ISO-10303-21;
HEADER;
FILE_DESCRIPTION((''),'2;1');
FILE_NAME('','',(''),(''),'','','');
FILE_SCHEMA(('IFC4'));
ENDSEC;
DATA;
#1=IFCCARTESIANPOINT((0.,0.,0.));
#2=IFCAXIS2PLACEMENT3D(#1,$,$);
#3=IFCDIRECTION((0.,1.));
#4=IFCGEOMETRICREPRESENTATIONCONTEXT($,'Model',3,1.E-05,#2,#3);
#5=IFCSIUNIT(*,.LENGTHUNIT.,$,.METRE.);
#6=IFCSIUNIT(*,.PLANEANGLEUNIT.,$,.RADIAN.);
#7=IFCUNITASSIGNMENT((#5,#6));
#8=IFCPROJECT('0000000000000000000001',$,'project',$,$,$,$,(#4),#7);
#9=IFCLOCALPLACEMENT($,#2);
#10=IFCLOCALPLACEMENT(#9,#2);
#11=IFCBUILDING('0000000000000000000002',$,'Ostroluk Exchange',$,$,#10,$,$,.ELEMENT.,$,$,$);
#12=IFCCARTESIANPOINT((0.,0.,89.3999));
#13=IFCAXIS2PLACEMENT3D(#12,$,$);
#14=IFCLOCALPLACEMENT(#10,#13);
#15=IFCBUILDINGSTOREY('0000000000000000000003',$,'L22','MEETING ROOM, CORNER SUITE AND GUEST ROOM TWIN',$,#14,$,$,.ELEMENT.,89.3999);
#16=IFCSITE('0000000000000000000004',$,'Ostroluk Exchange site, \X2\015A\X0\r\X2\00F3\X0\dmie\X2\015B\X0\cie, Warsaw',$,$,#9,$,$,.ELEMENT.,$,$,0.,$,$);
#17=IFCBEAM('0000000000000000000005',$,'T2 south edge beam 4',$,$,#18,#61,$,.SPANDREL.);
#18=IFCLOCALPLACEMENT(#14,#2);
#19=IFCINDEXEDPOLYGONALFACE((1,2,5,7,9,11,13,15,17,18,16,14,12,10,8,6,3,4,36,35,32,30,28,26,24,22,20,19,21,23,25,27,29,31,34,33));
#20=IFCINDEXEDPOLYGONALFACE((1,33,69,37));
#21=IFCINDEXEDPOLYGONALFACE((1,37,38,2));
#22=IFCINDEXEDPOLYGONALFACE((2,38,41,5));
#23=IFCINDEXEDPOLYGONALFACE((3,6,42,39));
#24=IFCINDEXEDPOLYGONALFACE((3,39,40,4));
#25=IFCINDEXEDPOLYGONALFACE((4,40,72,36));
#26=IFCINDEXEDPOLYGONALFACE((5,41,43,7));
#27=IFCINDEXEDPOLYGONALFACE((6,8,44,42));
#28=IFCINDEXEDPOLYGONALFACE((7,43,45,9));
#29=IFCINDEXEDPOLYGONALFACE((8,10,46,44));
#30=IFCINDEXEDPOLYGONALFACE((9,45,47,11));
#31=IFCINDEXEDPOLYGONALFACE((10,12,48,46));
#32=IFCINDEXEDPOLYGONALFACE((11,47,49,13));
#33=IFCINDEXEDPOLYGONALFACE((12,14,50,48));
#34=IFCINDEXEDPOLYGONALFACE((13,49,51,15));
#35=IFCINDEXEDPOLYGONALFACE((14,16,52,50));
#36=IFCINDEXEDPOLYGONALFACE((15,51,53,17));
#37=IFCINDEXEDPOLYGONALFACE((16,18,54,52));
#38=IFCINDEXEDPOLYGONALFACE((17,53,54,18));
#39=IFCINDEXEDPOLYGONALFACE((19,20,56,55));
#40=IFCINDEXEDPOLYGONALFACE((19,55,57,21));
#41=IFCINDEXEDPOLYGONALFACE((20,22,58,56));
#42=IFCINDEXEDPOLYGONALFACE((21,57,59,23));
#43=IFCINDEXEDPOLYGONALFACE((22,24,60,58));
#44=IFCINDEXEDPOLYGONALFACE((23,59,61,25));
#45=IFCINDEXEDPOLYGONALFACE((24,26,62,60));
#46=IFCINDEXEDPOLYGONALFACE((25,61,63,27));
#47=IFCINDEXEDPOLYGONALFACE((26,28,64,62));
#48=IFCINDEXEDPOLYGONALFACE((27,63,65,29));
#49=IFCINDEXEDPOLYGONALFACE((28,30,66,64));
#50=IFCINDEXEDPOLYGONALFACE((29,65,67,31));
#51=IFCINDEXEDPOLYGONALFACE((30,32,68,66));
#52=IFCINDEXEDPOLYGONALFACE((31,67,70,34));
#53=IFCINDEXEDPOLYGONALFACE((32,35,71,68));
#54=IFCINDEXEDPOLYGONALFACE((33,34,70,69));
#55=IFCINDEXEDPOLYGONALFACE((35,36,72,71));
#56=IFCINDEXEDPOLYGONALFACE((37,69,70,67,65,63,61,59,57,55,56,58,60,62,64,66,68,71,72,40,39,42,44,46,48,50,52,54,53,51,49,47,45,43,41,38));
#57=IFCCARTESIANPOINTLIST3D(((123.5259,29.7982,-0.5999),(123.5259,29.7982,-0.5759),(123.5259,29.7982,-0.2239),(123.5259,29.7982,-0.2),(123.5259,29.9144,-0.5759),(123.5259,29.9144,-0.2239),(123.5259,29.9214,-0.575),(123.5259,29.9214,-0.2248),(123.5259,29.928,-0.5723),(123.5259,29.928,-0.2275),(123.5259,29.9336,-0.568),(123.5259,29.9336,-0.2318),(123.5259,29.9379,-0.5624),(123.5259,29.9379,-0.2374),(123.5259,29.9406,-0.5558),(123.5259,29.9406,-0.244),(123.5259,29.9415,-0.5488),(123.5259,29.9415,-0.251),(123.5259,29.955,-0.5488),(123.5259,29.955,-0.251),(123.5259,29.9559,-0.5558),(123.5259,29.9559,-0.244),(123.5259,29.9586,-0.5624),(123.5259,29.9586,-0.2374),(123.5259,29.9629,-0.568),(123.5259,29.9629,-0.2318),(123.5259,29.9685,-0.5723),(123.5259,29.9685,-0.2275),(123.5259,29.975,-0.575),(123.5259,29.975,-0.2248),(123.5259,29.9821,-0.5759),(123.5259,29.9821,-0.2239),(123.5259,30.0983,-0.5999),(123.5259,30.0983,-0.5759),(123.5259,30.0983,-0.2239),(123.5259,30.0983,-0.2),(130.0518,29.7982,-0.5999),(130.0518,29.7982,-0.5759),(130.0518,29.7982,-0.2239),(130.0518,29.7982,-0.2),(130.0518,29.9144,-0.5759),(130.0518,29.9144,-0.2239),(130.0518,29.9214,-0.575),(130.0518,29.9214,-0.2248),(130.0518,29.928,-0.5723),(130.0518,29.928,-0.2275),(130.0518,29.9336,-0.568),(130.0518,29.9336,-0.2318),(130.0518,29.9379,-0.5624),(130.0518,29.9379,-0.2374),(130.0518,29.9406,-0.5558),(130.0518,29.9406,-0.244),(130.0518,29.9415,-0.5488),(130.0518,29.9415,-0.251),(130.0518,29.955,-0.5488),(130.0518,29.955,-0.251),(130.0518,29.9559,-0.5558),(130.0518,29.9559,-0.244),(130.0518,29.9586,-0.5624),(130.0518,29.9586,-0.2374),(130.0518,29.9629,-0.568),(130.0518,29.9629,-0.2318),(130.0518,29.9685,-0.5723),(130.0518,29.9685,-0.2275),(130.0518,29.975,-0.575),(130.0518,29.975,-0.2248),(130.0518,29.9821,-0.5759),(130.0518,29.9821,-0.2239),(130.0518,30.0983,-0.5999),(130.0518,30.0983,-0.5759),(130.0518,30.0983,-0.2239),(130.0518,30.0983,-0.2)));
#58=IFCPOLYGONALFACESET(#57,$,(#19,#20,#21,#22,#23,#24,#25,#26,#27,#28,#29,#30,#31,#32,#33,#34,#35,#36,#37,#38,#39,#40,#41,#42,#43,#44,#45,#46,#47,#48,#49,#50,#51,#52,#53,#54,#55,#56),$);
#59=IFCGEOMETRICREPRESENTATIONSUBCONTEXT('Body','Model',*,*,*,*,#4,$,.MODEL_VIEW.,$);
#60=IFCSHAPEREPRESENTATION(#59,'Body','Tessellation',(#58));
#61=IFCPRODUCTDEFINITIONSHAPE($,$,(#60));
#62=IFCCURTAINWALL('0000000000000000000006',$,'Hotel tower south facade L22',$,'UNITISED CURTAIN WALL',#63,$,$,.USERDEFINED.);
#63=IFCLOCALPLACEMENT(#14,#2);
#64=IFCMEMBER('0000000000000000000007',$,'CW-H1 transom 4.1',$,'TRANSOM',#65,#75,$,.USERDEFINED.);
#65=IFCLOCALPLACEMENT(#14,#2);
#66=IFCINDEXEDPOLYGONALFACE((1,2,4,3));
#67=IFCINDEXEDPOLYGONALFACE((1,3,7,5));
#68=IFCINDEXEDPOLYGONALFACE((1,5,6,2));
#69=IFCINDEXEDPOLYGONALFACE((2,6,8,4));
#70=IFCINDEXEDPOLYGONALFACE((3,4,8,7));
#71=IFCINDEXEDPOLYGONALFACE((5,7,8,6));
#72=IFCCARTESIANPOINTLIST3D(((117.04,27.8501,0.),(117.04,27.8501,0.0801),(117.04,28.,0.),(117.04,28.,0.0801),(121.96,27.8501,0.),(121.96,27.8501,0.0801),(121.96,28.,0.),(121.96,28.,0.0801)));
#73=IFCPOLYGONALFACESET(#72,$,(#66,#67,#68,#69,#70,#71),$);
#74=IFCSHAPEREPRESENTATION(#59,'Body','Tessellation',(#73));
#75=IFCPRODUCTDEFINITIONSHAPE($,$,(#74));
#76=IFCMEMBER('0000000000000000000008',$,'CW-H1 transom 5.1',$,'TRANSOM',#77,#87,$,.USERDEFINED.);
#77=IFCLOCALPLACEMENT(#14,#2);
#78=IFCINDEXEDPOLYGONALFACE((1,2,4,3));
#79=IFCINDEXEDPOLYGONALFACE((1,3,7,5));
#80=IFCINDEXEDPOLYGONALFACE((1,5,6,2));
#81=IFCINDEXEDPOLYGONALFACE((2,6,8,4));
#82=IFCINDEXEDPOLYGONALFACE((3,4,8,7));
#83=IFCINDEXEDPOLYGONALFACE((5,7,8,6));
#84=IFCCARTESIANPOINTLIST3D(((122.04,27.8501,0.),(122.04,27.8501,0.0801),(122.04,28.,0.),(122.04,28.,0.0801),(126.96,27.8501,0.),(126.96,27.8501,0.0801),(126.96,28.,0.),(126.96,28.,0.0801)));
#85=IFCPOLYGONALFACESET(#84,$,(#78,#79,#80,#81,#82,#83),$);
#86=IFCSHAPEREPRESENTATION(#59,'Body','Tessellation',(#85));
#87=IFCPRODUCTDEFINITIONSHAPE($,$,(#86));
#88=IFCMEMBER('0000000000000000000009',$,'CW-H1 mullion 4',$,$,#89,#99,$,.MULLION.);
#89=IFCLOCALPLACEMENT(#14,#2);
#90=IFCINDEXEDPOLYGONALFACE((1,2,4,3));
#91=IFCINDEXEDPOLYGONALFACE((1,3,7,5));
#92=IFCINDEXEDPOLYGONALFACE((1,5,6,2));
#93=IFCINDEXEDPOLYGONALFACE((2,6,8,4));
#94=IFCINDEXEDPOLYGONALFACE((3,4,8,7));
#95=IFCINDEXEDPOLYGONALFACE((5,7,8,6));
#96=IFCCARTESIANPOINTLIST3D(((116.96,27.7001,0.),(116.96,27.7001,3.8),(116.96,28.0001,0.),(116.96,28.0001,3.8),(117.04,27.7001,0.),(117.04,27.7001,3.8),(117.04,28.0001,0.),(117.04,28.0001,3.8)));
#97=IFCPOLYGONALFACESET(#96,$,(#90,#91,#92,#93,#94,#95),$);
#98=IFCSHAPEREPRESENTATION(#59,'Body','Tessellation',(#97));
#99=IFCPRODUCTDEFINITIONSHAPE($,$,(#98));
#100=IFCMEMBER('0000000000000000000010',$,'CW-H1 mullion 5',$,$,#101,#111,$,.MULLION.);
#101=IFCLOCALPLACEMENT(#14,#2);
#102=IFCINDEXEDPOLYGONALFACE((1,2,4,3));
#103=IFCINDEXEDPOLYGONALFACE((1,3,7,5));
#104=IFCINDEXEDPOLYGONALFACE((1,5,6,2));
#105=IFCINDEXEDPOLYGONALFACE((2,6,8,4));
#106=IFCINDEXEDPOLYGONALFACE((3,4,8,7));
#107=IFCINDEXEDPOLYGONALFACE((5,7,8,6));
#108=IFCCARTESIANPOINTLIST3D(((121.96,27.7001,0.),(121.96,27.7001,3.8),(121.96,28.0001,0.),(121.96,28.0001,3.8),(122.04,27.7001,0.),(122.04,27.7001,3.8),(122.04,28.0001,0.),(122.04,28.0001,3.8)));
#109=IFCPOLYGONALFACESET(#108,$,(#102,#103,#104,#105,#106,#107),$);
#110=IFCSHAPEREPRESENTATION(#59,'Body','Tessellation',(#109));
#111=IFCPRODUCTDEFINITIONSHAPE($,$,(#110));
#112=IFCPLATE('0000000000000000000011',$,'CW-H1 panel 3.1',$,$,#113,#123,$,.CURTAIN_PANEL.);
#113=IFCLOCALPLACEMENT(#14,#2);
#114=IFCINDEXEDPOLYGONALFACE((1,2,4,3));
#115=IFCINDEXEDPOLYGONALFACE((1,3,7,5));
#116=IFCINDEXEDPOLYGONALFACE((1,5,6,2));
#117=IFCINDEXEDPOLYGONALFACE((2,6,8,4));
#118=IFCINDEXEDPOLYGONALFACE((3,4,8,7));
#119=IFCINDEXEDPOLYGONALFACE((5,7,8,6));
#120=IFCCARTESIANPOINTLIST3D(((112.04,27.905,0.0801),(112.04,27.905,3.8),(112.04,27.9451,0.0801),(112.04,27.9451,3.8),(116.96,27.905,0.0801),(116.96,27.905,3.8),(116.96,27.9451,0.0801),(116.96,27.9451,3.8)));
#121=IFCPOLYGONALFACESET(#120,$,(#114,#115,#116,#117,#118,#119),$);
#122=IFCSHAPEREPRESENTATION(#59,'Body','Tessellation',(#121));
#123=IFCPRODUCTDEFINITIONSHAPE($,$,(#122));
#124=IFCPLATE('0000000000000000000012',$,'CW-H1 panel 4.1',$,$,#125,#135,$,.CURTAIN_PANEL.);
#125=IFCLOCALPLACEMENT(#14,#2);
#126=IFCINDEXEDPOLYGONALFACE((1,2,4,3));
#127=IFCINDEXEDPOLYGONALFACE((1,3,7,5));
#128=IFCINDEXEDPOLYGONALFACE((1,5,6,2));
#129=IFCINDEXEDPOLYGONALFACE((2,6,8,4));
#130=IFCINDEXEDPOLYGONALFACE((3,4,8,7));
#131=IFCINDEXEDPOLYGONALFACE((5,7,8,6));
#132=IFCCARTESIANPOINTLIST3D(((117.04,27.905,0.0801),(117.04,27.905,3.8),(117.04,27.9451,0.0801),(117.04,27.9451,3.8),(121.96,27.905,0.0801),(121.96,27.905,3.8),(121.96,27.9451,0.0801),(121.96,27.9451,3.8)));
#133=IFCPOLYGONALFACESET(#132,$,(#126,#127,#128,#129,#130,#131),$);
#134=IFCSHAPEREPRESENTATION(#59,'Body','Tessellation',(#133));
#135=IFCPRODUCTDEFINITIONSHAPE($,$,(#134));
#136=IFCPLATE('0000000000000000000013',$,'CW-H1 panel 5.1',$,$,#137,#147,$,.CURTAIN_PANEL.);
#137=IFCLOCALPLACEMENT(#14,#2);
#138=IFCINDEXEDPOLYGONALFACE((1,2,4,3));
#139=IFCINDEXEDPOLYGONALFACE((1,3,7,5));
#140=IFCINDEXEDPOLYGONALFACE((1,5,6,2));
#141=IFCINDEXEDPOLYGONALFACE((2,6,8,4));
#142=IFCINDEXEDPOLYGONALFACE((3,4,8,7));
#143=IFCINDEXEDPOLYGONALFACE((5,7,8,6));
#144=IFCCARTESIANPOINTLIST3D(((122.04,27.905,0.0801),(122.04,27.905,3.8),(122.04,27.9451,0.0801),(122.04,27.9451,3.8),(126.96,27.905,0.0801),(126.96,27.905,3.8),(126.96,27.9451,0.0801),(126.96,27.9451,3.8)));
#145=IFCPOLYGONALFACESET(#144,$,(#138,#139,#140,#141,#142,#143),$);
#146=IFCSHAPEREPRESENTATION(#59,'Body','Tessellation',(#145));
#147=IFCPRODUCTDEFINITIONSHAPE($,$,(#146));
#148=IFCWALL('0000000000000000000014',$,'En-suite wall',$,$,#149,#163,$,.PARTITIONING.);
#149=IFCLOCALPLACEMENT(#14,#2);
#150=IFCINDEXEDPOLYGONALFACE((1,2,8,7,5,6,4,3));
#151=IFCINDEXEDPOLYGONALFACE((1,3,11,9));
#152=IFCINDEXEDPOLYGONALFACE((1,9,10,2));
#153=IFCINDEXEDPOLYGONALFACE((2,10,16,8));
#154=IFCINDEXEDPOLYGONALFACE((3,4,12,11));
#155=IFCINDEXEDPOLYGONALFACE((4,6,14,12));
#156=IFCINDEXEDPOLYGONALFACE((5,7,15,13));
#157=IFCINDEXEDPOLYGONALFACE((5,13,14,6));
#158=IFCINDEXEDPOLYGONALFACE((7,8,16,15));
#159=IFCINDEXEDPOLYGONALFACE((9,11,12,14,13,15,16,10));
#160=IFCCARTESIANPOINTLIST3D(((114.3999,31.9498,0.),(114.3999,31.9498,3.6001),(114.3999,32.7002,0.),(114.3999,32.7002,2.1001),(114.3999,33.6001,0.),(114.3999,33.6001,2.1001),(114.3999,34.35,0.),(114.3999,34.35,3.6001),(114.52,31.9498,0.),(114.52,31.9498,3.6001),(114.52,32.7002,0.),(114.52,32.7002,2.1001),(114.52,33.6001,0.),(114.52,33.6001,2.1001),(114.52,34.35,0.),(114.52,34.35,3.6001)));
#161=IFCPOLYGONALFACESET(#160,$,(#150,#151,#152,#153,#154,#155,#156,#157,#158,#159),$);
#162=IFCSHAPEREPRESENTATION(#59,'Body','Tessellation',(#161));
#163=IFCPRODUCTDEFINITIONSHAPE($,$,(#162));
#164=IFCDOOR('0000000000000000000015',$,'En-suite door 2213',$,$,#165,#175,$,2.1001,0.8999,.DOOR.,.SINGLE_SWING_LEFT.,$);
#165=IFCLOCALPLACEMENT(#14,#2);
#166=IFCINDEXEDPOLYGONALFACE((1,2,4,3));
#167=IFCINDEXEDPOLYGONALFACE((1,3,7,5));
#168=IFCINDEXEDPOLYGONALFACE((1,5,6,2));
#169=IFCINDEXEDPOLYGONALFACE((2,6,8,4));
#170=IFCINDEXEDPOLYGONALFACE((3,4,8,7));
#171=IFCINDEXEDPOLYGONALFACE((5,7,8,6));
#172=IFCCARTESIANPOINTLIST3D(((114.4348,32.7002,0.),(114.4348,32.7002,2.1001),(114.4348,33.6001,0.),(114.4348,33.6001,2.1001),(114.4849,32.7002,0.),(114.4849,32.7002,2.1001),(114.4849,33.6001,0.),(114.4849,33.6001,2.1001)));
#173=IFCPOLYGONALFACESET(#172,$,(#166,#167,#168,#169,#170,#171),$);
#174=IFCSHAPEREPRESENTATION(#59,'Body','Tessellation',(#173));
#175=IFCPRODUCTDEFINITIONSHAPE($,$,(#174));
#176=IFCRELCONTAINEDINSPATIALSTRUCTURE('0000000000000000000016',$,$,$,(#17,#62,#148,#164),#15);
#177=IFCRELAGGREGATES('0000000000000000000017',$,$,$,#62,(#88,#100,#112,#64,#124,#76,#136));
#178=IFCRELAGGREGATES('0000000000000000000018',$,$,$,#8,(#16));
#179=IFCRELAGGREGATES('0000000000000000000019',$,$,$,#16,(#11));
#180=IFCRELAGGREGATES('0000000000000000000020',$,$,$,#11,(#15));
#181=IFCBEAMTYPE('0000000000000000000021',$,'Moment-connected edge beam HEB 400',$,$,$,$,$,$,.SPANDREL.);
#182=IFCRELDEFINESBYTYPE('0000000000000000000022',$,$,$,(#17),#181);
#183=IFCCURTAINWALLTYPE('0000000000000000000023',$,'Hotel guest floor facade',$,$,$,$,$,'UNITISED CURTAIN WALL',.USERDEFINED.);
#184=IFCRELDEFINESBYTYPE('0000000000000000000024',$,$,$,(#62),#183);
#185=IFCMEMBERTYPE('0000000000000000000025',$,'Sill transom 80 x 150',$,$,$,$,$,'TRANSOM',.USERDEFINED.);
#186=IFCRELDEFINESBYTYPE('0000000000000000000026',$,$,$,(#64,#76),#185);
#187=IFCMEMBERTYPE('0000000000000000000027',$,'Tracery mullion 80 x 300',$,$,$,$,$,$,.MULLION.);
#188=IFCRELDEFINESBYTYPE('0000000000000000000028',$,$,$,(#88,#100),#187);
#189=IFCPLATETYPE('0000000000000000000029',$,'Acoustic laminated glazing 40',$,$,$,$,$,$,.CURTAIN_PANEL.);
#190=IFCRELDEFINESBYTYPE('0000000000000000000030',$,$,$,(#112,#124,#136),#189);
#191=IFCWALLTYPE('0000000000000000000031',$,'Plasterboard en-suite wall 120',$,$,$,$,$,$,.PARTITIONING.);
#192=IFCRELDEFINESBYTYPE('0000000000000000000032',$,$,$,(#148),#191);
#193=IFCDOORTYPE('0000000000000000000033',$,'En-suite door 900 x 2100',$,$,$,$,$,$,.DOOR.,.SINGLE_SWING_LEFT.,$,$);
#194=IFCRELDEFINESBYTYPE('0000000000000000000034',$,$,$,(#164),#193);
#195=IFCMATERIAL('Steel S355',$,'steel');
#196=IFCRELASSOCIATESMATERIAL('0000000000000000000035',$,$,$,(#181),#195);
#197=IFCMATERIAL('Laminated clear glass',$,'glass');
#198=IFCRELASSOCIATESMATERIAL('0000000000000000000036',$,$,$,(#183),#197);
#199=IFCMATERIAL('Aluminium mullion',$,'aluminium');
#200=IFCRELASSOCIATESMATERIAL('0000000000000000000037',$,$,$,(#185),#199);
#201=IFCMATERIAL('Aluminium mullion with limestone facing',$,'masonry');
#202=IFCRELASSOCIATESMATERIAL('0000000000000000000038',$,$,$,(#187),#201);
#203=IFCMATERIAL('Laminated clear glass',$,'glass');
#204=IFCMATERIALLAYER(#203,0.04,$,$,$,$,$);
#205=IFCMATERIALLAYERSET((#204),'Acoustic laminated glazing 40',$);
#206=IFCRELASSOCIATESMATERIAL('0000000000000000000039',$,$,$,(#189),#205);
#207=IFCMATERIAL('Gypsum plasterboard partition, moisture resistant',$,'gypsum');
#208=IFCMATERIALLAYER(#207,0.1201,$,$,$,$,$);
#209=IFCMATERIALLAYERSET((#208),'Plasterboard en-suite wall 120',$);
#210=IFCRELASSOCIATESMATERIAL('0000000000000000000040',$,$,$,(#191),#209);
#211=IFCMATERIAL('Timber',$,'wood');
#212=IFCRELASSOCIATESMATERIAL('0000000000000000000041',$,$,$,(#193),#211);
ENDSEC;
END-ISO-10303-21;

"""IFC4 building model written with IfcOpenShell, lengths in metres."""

from ifc_helpers import new_model, si_unit, direction, frame, frame_2d, origin, origin_2d, place, context, subcontext, project, spatial, rectangle, i_section, extrude, material, layer, layer_set, material_profile, profile_set, type_object, element, fill, aggregate, save


model = new_model("IFC4")

# Units and contexts
model_context = context("Model", 3, precision=1e-05, world=origin(), true_north=direction((0.0, 1.0)))
body_context = subcontext(model_context, "Body", "Model", "MODEL_VIEW")
ifc_project = project(units=[si_unit("LENGTHUNIT", "METRE"), si_unit("PLANEANGLEUNIT", "RADIAN")], contexts=[model_context])

# Site, building, storey
site_placement = place(None, origin())
site = spatial("IfcSite", under=ifc_project, at=site_placement, Name="Ostroluk Exchange site, Śródmieście, Warsaw", CompositionType="ELEMENT", RefElevation=0.0)
building_placement = place(site_placement, origin())
building = spatial("IfcBuilding", under=site, at=building_placement, Name="Ostroluk Exchange", CompositionType="ELEMENT")
storey_placement = place(building_placement, frame((0.0, 0.0, 89.3999)))
storey = spatial("IfcBuildingStorey", under=building, at=storey_placement, Name="L22", Description="MEETING ROOM, CORNER SUITE AND GUEST ROOM TWIN", CompositionType="ELEMENT", Elevation=89.3999)

# Beam
ifc_material_1 = material(Name="Steel S355", Category="steel")
ifc_material_profile_1 = material_profile(ifc_material_1, i_section(OverallWidth=0.3, OverallDepth=0.3999, WebThickness=0.0134, FlangeThickness=0.0239, FilletRadius=0.0271, at=origin_2d()), Name="HEB 400")
ifc_profile_set_1 = profile_set([ifc_material_profile_1], Name="Steel S355")
beam_type = type_object("IfcBeamType", Name="Moment-connected edge beam HEB 400", PredefinedType="SPANDREL", material=ifc_profile_set_1)
for number, where, z_axis, x_axis, name in (
    (1, (123.5259, 29.9482, -0.3999), (1.0, 0.0, 0.0), (0.0, 1.0, 0.0), "T2 south edge beam 4"),
):
    element("IfcBeam", number, at=place(storey_placement, frame(where, z_axis=z_axis, x_axis=x_axis)), inside=storey, type_object=beam_type, Name=name, PredefinedType="SPANDREL", context=body_context, shape_type="SweptSolid", body=[
        extrude(i_section(OverallWidth=0.3, OverallDepth=0.3999, WebThickness=0.0134, FlangeThickness=0.0239, FilletRadius=0.0271, at=origin_2d()), origin(), (0.0, 0.0, 1.0), 6.5259),
    ])

# Curtain wall, members, plates
ifc_material_2 = material(Name="Laminated clear glass", Category="glass")
curtain_wall_type = type_object("IfcCurtainWallType", Name="Hotel guest floor facade", ElementType="UNITISED CURTAIN WALL", PredefinedType="USERDEFINED", material=ifc_material_2)
curtain_wall_placement = place(storey_placement, origin())
curtain_wall = element("IfcCurtainWall", 2, at=curtain_wall_placement, inside=storey, type_object=curtain_wall_type, Name="Hotel tower south facade L22", ObjectType="UNITISED CURTAIN WALL", PredefinedType="USERDEFINED")
ifc_material_3 = material(Name="Aluminium mullion", Category="aluminium")
ifc_material_profile_2 = material_profile(ifc_material_3, rectangle(XDim=0.1499, YDim=0.0801, at=origin_2d()), Name="Sill transom 80 x 150")
ifc_profile_set_2 = profile_set([ifc_material_profile_2], Name="Aluminium mullion")
member_type_1 = type_object("IfcMemberType", Name="Sill transom 80 x 150", ElementType="TRANSOM", PredefinedType="USERDEFINED", material=ifc_profile_set_2)
member_1_placement = place(storey_placement, frame((117.04, 27.925, 0.04), z_axis=(1.0, 0.0, 0.0), x_axis=(0.0, 1.0, 0.0)))
member_1 = element("IfcMember", 3, at=member_1_placement, type_object=member_type_1, Name="CW-H1 transom 4.1", ObjectType="TRANSOM", PredefinedType="USERDEFINED", context=body_context, shape_type="SweptSolid", body=[
    extrude(rectangle(XDim=0.1499, YDim=0.0801, at=origin_2d()), origin(), (0.0, 0.0, 1.0), 4.9199),
])
member_2_placement = place(storey_placement, frame((122.04, 27.925, 0.04), z_axis=(1.0, 0.0, 0.0), x_axis=(0.0, 1.0, 0.0)))
member_2 = element("IfcMember", 4, at=member_2_placement, type_object=member_type_1, Name="CW-H1 transom 5.1", ObjectType="TRANSOM", PredefinedType="USERDEFINED", context=body_context, shape_type="SweptSolid", body=[
    extrude(rectangle(XDim=0.1499, YDim=0.0801, at=origin_2d()), origin(), (0.0, 0.0, 1.0), 4.9199),
])
ifc_material_4 = material(Name="Aluminium mullion with limestone facing", Category="masonry")
ifc_material_profile_3 = material_profile(ifc_material_4, rectangle(XDim=0.3, YDim=0.0801, at=origin_2d()), Name="Tracery mullion 80 x 300")
ifc_profile_set_3 = profile_set([ifc_material_profile_3], Name="Aluminium mullion with limestone facing")
member_type_2 = type_object("IfcMemberType", Name="Tracery mullion 80 x 300", PredefinedType="MULLION", material=ifc_profile_set_3)
member_3_placement = place(storey_placement, frame((117.0, 27.8501, 0.0), z_axis=(0.0, 0.0, 1.0), x_axis=(0.0, 1.0, 0.0)))
member_3 = element("IfcMember", 5, at=member_3_placement, type_object=member_type_2, Name="CW-H1 mullion 4", PredefinedType="MULLION", context=body_context, shape_type="SweptSolid", body=[
    extrude(rectangle(XDim=0.3, YDim=0.0801, at=origin_2d()), origin(), (0.0, 0.0, 1.0), 3.8),
])
member_4_placement = place(storey_placement, frame((122.0, 27.8501, 0.0), z_axis=(0.0, 0.0, 1.0), x_axis=(0.0, 1.0, 0.0)))
member_4 = element("IfcMember", 6, at=member_4_placement, type_object=member_type_2, Name="CW-H1 mullion 5", PredefinedType="MULLION", context=body_context, shape_type="SweptSolid", body=[
    extrude(rectangle(XDim=0.3, YDim=0.0801, at=origin_2d()), origin(), (0.0, 0.0, 1.0), 3.8),
])
ifc_material_5 = material(Name="Laminated clear glass", Category="glass")
ifc_layer_1 = layer(ifc_material_5, 0.04)
ifc_layer_set_1 = layer_set([ifc_layer_1], Name="Acoustic laminated glazing 40")
plate_type = type_object("IfcPlateType", Name="Acoustic laminated glazing 40", PredefinedType="CURTAIN_PANEL", material=ifc_layer_set_1)
plate_1_placement = place(storey_placement, frame((114.5, 27.925, 0.0801), z_axis=(0.0, 0.0, 1.0), x_axis=(1.0, 0.0, 0.0)))
plate_1 = element("IfcPlate", 7, at=plate_1_placement, type_object=plate_type, Name="CW-H1 panel 3.1", PredefinedType="CURTAIN_PANEL", context=body_context, shape_type="SweptSolid", body=[
    extrude(rectangle(XDim=4.9199, YDim=0.04, at=origin_2d()), origin(), (0.0, 0.0, 1.0), 3.72),
])
plate_2_placement = place(storey_placement, frame((119.5, 27.925, 0.0801), z_axis=(0.0, 0.0, 1.0), x_axis=(1.0, 0.0, 0.0)))
plate_2 = element("IfcPlate", 8, at=plate_2_placement, type_object=plate_type, Name="CW-H1 panel 4.1", PredefinedType="CURTAIN_PANEL", context=body_context, shape_type="SweptSolid", body=[
    extrude(rectangle(XDim=4.9199, YDim=0.04, at=origin_2d()), origin(), (0.0, 0.0, 1.0), 3.72),
])
plate_3_placement = place(storey_placement, frame((124.5, 27.925, 0.0801), z_axis=(0.0, 0.0, 1.0), x_axis=(1.0, 0.0, 0.0)))
plate_3 = element("IfcPlate", 9, at=plate_3_placement, type_object=plate_type, Name="CW-H1 panel 5.1", PredefinedType="CURTAIN_PANEL", context=body_context, shape_type="SweptSolid", body=[
    extrude(rectangle(XDim=4.9199, YDim=0.04, at=origin_2d()), origin(), (0.0, 0.0, 1.0), 3.72),
])
aggregate(curtain_wall, [member_3, member_4, plate_1, member_1, plate_2, member_2, plate_3])

# Wall, opening, door
ifc_material_6 = material(Name="Gypsum plasterboard partition, moisture resistant", Category="gypsum")
ifc_layer_2 = layer(ifc_material_6, 0.1201)
ifc_layer_set_2 = layer_set([ifc_layer_2], Name="Plasterboard en-suite wall 120")
wall_type_1 = type_object("IfcWallType", Name="Plasterboard en-suite wall 120", PredefinedType="PARTITIONING", material=ifc_layer_set_2)
wall_1_placement = place(storey_placement, frame((114.46, 34.3501, 0.0), z_axis=(0.0, 0.0, 1.0), x_axis=(0.0, -1.0, 0.0)))
wall_1 = element("IfcWall", 10, at=wall_1_placement, inside=storey, type_object=wall_type_1, Name="En-suite wall", PredefinedType="PARTITIONING", context=body_context, shape_type="SweptSolid", body=[
    extrude(rectangle(XDim=2.4001, YDim=0.1201, at=frame_2d((1.2002, 0.0))), origin(), (0.0, 0.0, 1.0), 3.6001),
])
opening_1_placement = place(wall_1_placement, frame((0.75, 0.0, 0.0)))
opening_1 = element("IfcOpeningElement", 11, at=opening_1_placement, cuts=wall_1, PredefinedType="OPENING", context=body_context, shape_type="SweptSolid", body=[
    extrude(rectangle(XDim=0.8999, YDim=2.1001, at=frame_2d((0.45, 1.05))), frame((0.0, 0.0701, 0.0), z_axis=(0.0, -1.0, 0.0), x_axis=(1.0, 0.0, 0.0)), (0.0, 0.0, 1.0), 0.1401),
])
ifc_material_7 = material(Name="Timber", Category="wood")
door_type = type_object("IfcDoorType", Name="En-suite door 900 x 2100", OperationType="SINGLE_SWING_LEFT", PredefinedType="DOOR", material=ifc_material_7)
door_1_placement = place(opening_1_placement, origin())
door_1 = element("IfcDoor", 12, at=door_1_placement, inside=storey, type_object=door_type, Name="En-suite door 2213", OperationType="SINGLE_SWING_LEFT", OverallHeight=2.1001, OverallWidth=0.8999, PredefinedType="DOOR", context=body_context, shape_type="SweptSolid", body=[
    extrude(rectangle(XDim=0.8999, YDim=2.1001, at=frame_2d((0.45, 1.05))), frame((0.0, 0.0249, 0.0), z_axis=(0.0, -1.0, 0.0), x_axis=(1.0, 0.0, 0.0)), (0.0, 0.0, 1.0), 0.05),
])
fill(opening_1, door_1)

save(model, "model.ifc")
